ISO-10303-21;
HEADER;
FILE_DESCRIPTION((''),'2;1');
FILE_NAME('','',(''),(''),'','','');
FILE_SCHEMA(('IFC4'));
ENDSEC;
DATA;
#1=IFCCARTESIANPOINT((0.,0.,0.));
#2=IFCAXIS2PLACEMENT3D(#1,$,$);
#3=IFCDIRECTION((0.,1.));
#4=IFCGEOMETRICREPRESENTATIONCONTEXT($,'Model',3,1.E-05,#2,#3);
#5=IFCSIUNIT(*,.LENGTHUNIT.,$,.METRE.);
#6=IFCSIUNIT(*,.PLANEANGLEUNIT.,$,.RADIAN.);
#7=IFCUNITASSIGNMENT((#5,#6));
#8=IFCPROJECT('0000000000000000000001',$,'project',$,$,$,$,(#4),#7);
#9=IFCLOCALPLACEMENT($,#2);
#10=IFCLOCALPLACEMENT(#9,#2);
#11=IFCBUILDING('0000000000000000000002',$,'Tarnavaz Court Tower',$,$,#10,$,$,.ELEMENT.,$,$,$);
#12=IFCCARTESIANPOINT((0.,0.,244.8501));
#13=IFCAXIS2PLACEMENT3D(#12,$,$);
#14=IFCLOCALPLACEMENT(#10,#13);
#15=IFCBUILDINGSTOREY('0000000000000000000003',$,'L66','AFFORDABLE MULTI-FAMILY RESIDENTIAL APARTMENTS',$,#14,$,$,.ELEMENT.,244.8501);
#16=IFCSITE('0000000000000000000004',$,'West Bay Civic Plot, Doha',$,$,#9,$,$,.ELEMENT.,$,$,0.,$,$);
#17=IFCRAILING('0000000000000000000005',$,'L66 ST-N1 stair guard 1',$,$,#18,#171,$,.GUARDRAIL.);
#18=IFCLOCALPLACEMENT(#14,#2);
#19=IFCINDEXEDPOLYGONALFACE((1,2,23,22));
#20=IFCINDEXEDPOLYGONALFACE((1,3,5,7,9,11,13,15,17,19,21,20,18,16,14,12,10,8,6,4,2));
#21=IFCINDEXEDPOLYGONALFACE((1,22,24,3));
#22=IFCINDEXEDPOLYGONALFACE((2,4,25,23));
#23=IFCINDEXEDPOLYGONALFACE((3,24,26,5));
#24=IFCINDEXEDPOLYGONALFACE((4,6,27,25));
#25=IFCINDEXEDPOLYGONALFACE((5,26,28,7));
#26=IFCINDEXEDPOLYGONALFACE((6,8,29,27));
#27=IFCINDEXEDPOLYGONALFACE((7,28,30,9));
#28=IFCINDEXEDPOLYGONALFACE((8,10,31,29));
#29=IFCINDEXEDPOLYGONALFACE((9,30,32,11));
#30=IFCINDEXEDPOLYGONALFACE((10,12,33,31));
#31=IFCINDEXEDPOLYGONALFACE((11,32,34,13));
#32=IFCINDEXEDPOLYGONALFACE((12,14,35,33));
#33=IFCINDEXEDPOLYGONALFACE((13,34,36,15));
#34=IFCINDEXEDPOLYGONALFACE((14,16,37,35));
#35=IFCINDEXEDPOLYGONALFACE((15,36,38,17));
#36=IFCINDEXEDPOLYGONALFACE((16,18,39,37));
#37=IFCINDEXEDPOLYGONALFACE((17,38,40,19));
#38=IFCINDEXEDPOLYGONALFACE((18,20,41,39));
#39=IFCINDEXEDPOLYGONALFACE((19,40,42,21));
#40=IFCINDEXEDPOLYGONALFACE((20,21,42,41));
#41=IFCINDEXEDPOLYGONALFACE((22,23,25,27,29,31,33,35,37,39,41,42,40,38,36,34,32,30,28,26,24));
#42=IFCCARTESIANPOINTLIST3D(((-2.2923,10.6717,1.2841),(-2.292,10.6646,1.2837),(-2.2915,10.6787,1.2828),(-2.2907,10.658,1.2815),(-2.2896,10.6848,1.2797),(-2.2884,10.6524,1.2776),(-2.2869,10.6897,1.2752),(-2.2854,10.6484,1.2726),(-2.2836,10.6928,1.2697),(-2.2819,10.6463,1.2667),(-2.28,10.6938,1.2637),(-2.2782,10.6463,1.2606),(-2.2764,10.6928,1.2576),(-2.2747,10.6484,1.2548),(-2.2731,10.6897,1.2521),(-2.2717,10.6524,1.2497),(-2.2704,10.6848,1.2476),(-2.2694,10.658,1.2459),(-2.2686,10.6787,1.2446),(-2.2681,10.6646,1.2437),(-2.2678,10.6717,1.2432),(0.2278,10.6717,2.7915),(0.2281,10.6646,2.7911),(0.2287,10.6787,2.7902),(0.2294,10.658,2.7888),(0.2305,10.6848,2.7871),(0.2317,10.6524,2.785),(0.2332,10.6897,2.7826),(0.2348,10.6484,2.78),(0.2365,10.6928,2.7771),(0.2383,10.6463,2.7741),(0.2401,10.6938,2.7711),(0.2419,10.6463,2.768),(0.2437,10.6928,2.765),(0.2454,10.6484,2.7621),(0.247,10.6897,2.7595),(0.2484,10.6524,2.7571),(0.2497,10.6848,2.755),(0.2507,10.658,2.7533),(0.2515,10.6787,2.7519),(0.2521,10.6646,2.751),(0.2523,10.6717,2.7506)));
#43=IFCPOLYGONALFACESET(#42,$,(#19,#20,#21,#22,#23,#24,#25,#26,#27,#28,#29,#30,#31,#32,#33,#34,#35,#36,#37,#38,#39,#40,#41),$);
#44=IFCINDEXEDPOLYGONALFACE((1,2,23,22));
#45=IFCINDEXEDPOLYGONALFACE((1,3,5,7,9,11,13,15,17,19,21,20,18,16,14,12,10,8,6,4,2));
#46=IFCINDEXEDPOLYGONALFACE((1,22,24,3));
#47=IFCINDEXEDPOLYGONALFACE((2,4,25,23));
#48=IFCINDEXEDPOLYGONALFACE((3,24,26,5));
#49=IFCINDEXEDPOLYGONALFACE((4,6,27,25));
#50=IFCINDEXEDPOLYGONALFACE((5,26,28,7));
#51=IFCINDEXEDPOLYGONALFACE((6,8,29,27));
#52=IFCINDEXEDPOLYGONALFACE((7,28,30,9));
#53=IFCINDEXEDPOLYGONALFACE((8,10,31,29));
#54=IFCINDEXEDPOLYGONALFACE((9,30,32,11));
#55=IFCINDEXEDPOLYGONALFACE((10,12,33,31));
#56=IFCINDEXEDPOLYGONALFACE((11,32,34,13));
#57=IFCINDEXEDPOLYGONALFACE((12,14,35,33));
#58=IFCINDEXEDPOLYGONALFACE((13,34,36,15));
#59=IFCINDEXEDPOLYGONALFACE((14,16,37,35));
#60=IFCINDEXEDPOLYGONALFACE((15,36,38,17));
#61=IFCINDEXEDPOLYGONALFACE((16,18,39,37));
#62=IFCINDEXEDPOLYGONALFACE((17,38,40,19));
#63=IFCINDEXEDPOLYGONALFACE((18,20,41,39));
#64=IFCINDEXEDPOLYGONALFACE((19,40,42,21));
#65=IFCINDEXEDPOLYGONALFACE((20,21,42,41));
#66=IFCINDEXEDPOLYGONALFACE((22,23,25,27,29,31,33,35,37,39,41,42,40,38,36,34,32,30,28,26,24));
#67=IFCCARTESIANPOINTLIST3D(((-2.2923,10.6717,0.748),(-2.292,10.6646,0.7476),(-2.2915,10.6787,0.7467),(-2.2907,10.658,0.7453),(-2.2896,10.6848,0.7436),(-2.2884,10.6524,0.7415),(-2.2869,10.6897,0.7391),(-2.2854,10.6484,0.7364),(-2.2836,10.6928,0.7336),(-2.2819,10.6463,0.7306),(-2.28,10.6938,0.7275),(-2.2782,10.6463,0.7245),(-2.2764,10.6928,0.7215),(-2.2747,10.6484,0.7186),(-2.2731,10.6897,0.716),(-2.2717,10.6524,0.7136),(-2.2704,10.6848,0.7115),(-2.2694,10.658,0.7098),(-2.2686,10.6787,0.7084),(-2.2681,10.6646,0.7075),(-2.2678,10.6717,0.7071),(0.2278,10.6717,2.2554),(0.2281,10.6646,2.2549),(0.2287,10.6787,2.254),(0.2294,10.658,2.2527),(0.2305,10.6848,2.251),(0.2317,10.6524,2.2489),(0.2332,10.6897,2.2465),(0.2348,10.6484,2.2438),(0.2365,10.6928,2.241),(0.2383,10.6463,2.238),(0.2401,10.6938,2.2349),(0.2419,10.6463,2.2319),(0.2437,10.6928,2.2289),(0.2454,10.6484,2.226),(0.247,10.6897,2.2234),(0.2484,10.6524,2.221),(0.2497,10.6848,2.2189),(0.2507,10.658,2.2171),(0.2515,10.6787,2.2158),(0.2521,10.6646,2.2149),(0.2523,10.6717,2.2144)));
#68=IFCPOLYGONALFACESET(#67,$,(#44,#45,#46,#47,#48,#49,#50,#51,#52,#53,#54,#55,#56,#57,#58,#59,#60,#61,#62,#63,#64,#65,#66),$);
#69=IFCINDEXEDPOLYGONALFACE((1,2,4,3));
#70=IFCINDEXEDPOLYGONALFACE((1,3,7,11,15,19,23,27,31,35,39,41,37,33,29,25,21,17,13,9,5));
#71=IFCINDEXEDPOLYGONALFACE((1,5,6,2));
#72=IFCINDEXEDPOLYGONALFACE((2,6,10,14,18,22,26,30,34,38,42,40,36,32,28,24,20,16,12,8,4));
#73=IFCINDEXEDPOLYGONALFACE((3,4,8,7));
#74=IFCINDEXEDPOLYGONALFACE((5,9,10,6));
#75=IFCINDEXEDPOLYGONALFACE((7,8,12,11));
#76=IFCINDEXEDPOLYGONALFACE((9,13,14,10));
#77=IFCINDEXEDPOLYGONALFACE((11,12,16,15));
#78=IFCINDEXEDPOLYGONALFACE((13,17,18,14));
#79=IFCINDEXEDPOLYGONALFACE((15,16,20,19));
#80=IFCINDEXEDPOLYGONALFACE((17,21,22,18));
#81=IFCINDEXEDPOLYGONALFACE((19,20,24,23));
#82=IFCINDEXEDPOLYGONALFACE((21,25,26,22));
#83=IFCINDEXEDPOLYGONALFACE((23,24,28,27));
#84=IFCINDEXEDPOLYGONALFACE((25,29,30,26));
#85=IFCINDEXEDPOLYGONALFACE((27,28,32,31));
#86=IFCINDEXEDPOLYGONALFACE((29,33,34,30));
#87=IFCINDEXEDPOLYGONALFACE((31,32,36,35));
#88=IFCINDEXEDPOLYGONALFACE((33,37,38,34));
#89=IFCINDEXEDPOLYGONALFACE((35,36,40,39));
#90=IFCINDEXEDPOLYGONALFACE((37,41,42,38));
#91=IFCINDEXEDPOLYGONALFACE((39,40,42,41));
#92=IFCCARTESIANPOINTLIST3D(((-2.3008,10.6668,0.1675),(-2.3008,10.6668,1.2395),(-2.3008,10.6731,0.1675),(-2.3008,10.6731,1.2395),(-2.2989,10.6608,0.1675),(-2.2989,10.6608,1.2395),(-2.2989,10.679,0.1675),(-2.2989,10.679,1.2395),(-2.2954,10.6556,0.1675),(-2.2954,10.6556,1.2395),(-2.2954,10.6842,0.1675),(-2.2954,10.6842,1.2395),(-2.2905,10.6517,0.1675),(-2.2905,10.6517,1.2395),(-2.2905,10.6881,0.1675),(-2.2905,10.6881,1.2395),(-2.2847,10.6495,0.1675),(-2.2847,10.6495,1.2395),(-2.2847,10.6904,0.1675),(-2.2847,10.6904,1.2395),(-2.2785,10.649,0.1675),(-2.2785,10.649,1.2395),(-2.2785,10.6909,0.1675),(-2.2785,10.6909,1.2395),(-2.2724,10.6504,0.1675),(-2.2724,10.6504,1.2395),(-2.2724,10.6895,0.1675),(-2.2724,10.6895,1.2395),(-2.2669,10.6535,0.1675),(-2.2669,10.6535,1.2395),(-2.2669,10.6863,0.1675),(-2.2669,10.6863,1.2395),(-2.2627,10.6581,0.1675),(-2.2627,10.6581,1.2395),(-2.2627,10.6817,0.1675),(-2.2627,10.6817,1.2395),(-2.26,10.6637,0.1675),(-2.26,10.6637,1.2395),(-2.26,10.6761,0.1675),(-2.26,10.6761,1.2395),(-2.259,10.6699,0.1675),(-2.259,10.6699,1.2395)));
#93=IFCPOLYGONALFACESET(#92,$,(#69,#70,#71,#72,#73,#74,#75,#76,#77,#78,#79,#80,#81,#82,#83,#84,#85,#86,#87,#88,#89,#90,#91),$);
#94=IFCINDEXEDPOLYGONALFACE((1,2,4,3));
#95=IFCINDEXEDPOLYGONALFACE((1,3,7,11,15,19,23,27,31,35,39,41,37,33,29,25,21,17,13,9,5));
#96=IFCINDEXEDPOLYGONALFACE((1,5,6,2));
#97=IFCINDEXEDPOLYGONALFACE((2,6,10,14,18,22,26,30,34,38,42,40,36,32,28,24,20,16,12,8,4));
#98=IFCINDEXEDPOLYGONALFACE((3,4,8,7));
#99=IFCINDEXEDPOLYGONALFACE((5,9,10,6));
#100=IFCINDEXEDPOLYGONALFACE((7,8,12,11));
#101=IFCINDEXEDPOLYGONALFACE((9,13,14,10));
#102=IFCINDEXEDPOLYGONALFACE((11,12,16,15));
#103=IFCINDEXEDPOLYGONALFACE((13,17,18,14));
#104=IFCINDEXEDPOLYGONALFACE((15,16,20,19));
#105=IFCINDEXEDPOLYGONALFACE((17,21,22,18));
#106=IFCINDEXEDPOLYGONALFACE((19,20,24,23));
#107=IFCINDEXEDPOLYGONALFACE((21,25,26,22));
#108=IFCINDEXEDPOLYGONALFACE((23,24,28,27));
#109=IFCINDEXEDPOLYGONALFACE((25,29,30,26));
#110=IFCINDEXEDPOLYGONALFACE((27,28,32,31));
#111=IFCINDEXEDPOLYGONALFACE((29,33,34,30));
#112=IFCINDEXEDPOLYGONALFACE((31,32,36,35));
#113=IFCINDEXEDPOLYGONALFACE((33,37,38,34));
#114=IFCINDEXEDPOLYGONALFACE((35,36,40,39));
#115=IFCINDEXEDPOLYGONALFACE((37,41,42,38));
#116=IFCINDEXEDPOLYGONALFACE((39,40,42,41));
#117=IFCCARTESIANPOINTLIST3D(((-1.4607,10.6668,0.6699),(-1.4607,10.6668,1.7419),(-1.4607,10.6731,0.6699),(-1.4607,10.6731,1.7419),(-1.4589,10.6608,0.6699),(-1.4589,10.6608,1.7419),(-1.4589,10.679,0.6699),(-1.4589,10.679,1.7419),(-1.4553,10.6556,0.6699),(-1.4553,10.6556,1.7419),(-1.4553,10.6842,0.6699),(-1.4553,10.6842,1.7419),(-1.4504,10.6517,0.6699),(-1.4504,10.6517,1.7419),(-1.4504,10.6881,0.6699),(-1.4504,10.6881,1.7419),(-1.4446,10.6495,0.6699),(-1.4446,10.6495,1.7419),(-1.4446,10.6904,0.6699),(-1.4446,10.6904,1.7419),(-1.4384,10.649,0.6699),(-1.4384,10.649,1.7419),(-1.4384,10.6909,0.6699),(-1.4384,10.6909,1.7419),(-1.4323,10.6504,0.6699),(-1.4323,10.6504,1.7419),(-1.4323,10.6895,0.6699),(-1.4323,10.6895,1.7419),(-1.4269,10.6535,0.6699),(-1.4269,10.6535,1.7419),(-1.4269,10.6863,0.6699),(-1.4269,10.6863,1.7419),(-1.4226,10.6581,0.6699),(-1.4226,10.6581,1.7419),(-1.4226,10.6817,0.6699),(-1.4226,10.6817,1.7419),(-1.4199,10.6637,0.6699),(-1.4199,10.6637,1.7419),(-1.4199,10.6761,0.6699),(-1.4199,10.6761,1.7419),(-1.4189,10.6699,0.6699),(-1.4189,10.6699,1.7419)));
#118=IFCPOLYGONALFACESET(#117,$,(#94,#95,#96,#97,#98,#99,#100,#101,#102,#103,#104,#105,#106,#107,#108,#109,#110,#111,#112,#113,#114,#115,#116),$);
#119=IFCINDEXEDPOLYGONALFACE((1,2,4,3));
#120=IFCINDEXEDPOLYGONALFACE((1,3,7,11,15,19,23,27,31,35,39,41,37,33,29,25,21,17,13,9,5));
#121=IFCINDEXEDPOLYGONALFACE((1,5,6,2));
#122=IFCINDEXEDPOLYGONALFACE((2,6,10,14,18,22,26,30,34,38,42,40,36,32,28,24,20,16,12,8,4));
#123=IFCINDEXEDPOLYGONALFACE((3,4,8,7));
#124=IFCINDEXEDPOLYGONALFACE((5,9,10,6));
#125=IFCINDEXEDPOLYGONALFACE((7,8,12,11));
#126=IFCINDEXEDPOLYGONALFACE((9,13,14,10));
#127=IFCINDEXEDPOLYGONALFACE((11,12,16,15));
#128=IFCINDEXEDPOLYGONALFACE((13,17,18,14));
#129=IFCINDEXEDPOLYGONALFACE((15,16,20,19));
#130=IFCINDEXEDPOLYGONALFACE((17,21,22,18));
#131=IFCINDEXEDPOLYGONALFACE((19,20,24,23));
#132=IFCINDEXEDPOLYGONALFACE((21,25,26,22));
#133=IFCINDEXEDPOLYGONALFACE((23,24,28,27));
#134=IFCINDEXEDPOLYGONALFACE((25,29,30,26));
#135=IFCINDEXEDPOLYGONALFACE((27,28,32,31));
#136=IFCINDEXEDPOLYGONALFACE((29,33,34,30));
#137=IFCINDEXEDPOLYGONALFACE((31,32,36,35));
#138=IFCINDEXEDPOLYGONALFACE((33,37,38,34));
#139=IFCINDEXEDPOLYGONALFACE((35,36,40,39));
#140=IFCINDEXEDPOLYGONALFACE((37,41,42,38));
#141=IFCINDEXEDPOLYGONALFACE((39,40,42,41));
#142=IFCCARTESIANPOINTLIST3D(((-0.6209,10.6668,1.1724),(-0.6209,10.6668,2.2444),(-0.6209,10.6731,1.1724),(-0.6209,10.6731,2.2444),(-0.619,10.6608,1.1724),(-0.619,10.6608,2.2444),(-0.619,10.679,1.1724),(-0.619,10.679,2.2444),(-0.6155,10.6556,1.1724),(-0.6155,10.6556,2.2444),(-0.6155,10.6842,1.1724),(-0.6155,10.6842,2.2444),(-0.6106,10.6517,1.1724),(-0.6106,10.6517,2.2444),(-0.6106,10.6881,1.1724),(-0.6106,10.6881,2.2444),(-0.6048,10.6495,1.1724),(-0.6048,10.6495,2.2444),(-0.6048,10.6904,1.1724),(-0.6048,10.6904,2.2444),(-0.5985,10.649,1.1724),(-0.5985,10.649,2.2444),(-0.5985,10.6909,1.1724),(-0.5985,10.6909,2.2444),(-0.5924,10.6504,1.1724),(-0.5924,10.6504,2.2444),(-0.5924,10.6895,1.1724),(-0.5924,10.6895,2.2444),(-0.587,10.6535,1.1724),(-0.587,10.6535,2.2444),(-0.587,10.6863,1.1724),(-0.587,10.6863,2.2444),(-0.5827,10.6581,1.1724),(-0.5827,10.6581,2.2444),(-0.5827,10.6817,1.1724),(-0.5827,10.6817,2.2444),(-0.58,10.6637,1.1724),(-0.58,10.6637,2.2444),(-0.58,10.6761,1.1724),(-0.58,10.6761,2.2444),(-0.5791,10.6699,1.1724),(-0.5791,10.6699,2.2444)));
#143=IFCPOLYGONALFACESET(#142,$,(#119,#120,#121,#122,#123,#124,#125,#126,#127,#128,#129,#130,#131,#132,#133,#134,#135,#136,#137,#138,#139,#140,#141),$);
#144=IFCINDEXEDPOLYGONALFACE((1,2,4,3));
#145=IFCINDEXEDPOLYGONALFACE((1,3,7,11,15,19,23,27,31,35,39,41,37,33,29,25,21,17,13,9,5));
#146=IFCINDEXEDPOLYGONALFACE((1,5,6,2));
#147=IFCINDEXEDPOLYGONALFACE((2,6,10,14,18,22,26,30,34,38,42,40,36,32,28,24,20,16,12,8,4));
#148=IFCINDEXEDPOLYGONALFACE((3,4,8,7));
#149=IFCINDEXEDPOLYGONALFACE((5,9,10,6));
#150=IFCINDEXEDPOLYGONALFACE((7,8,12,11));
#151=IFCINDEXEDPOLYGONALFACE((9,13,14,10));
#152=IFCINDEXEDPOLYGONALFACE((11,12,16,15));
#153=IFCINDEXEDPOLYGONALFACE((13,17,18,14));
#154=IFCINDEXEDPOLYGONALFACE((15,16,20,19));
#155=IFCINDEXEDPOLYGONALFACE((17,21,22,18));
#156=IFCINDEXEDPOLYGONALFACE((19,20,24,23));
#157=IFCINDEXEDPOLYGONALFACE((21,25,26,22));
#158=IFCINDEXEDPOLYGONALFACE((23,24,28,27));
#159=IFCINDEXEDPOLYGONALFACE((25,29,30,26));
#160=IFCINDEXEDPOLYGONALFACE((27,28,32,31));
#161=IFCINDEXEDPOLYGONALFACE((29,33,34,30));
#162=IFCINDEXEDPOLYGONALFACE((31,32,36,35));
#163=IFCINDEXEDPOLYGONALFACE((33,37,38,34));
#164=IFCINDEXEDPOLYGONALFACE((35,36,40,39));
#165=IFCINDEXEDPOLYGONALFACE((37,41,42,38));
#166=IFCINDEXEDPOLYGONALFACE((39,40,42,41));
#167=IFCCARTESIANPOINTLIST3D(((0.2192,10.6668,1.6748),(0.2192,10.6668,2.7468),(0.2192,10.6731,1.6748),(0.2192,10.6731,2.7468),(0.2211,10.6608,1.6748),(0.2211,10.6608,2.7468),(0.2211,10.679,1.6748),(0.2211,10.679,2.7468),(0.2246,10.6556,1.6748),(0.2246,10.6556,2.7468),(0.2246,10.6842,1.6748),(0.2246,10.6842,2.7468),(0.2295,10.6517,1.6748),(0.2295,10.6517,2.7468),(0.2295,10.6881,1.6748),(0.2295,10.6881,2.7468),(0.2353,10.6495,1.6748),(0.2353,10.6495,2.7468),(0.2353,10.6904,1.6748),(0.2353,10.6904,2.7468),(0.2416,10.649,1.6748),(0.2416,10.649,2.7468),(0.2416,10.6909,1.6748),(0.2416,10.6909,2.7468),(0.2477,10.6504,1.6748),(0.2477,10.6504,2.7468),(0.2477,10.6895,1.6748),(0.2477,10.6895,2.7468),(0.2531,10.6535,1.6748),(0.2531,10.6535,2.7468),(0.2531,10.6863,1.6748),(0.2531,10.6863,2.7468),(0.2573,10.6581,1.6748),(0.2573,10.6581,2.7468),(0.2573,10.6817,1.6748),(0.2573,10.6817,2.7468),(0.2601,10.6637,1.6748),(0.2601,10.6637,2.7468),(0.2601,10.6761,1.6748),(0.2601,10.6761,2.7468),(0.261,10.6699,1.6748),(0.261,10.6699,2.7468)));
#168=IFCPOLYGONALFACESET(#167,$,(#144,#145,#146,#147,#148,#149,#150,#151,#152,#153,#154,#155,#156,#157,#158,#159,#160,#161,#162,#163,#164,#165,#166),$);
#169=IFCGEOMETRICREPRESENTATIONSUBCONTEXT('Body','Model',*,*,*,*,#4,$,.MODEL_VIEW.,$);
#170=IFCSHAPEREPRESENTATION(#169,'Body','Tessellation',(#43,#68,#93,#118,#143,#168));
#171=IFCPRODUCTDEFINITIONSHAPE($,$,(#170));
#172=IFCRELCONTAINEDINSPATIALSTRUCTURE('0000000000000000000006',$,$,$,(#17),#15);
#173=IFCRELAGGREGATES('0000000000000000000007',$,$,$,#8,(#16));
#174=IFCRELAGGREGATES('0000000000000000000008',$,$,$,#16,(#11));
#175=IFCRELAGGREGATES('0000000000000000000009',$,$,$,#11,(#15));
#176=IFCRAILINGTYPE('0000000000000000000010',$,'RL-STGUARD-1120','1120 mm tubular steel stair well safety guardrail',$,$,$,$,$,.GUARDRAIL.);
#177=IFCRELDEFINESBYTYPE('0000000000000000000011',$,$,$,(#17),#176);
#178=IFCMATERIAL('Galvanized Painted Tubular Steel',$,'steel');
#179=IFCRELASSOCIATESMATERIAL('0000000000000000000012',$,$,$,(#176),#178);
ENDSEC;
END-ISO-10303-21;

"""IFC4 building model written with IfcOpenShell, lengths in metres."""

from ifc_helpers import new_model, si_unit, direction, frame, origin, origin_2d, place, context, subcontext, project, spatial, circle, extrude, material, type_object, element, save


model = new_model("IFC4")

# Units and contexts
model_context = context("Model", 3, precision=1e-05, world=origin(), true_north=direction((0.0, 1.0)))
body_context = subcontext(model_context, "Body", "Model", "MODEL_VIEW")
ifc_project = project(units=[si_unit("LENGTHUNIT", "METRE"), si_unit("PLANEANGLEUNIT", "RADIAN")], contexts=[model_context])

# Site, building, storey
site_placement = place(None, origin())
site = spatial("IfcSite", under=ifc_project, at=site_placement, Name="West Bay Civic Plot, Doha", CompositionType="ELEMENT", RefElevation=0.0)
building_placement = place(site_placement, origin())
building = spatial("IfcBuilding", under=site, at=building_placement, Name="Tarnavaz Court Tower", CompositionType="ELEMENT")
storey_placement = place(building_placement, frame((0.0, 0.0, 244.8501)))
storey = spatial("IfcBuildingStorey", under=building, at=storey_placement, Name="L66", Description="AFFORDABLE MULTI-FAMILY RESIDENTIAL APARTMENTS", CompositionType="ELEMENT", Elevation=244.8501)

# Railing
ifc_material_1 = material(Name="Galvanized Painted Tubular Steel", Category="steel")
railing_type_1 = type_object("IfcRailingType", Name="RL-STGUARD-1120", Description="1120 mm tubular steel stair well safety guardrail", PredefinedType="GUARDRAIL", material=ifc_material_1)
railing_1_placement = place(storey_placement, frame((-2.28, 10.6699, 0.1675)))
element("IfcRailing", 1, at=railing_1_placement, inside=storey, type_object=railing_type_1, Name="L66 ST-N1 stair guard 1", PredefinedType="GUARDRAIL", context=body_context, shape_type="SweptSolid", body=[
    extrude(circle(Radius=0.0239, at=origin_2d()), frame((0.0, 0.0, 1.0962), z_axis=(0.858196, 0.0, 0.513321), x_axis=(0.0, 1.0, 0.0)), (0.0, 0.0, 1.0), 2.9365),
    extrude(circle(Radius=0.0239, at=origin_2d()), frame((0.0, 0.0, 0.5601), z_axis=(0.858196, 0.0, 0.513321), x_axis=(0.0, 1.0, 0.0)), (0.0, 0.0, 1.0), 2.9365),
    extrude(circle(Radius=0.021, at=origin_2d()), origin(), (0.0, 0.0, 1.0), 1.072),
    extrude(circle(Radius=0.021, at=origin_2d()), frame((0.8401, 0.0, 0.5024)), (0.0, 0.0, 1.0), 1.072),
    extrude(circle(Radius=0.021, at=origin_2d()), frame((1.6799, 0.0, 1.0049)), (0.0, 0.0, 1.0), 1.072),
    extrude(circle(Radius=0.021, at=origin_2d()), frame((2.52, 0.0, 1.5073)), (0.0, 0.0, 1.0), 1.072),
])

save(model, "model.ifc")
